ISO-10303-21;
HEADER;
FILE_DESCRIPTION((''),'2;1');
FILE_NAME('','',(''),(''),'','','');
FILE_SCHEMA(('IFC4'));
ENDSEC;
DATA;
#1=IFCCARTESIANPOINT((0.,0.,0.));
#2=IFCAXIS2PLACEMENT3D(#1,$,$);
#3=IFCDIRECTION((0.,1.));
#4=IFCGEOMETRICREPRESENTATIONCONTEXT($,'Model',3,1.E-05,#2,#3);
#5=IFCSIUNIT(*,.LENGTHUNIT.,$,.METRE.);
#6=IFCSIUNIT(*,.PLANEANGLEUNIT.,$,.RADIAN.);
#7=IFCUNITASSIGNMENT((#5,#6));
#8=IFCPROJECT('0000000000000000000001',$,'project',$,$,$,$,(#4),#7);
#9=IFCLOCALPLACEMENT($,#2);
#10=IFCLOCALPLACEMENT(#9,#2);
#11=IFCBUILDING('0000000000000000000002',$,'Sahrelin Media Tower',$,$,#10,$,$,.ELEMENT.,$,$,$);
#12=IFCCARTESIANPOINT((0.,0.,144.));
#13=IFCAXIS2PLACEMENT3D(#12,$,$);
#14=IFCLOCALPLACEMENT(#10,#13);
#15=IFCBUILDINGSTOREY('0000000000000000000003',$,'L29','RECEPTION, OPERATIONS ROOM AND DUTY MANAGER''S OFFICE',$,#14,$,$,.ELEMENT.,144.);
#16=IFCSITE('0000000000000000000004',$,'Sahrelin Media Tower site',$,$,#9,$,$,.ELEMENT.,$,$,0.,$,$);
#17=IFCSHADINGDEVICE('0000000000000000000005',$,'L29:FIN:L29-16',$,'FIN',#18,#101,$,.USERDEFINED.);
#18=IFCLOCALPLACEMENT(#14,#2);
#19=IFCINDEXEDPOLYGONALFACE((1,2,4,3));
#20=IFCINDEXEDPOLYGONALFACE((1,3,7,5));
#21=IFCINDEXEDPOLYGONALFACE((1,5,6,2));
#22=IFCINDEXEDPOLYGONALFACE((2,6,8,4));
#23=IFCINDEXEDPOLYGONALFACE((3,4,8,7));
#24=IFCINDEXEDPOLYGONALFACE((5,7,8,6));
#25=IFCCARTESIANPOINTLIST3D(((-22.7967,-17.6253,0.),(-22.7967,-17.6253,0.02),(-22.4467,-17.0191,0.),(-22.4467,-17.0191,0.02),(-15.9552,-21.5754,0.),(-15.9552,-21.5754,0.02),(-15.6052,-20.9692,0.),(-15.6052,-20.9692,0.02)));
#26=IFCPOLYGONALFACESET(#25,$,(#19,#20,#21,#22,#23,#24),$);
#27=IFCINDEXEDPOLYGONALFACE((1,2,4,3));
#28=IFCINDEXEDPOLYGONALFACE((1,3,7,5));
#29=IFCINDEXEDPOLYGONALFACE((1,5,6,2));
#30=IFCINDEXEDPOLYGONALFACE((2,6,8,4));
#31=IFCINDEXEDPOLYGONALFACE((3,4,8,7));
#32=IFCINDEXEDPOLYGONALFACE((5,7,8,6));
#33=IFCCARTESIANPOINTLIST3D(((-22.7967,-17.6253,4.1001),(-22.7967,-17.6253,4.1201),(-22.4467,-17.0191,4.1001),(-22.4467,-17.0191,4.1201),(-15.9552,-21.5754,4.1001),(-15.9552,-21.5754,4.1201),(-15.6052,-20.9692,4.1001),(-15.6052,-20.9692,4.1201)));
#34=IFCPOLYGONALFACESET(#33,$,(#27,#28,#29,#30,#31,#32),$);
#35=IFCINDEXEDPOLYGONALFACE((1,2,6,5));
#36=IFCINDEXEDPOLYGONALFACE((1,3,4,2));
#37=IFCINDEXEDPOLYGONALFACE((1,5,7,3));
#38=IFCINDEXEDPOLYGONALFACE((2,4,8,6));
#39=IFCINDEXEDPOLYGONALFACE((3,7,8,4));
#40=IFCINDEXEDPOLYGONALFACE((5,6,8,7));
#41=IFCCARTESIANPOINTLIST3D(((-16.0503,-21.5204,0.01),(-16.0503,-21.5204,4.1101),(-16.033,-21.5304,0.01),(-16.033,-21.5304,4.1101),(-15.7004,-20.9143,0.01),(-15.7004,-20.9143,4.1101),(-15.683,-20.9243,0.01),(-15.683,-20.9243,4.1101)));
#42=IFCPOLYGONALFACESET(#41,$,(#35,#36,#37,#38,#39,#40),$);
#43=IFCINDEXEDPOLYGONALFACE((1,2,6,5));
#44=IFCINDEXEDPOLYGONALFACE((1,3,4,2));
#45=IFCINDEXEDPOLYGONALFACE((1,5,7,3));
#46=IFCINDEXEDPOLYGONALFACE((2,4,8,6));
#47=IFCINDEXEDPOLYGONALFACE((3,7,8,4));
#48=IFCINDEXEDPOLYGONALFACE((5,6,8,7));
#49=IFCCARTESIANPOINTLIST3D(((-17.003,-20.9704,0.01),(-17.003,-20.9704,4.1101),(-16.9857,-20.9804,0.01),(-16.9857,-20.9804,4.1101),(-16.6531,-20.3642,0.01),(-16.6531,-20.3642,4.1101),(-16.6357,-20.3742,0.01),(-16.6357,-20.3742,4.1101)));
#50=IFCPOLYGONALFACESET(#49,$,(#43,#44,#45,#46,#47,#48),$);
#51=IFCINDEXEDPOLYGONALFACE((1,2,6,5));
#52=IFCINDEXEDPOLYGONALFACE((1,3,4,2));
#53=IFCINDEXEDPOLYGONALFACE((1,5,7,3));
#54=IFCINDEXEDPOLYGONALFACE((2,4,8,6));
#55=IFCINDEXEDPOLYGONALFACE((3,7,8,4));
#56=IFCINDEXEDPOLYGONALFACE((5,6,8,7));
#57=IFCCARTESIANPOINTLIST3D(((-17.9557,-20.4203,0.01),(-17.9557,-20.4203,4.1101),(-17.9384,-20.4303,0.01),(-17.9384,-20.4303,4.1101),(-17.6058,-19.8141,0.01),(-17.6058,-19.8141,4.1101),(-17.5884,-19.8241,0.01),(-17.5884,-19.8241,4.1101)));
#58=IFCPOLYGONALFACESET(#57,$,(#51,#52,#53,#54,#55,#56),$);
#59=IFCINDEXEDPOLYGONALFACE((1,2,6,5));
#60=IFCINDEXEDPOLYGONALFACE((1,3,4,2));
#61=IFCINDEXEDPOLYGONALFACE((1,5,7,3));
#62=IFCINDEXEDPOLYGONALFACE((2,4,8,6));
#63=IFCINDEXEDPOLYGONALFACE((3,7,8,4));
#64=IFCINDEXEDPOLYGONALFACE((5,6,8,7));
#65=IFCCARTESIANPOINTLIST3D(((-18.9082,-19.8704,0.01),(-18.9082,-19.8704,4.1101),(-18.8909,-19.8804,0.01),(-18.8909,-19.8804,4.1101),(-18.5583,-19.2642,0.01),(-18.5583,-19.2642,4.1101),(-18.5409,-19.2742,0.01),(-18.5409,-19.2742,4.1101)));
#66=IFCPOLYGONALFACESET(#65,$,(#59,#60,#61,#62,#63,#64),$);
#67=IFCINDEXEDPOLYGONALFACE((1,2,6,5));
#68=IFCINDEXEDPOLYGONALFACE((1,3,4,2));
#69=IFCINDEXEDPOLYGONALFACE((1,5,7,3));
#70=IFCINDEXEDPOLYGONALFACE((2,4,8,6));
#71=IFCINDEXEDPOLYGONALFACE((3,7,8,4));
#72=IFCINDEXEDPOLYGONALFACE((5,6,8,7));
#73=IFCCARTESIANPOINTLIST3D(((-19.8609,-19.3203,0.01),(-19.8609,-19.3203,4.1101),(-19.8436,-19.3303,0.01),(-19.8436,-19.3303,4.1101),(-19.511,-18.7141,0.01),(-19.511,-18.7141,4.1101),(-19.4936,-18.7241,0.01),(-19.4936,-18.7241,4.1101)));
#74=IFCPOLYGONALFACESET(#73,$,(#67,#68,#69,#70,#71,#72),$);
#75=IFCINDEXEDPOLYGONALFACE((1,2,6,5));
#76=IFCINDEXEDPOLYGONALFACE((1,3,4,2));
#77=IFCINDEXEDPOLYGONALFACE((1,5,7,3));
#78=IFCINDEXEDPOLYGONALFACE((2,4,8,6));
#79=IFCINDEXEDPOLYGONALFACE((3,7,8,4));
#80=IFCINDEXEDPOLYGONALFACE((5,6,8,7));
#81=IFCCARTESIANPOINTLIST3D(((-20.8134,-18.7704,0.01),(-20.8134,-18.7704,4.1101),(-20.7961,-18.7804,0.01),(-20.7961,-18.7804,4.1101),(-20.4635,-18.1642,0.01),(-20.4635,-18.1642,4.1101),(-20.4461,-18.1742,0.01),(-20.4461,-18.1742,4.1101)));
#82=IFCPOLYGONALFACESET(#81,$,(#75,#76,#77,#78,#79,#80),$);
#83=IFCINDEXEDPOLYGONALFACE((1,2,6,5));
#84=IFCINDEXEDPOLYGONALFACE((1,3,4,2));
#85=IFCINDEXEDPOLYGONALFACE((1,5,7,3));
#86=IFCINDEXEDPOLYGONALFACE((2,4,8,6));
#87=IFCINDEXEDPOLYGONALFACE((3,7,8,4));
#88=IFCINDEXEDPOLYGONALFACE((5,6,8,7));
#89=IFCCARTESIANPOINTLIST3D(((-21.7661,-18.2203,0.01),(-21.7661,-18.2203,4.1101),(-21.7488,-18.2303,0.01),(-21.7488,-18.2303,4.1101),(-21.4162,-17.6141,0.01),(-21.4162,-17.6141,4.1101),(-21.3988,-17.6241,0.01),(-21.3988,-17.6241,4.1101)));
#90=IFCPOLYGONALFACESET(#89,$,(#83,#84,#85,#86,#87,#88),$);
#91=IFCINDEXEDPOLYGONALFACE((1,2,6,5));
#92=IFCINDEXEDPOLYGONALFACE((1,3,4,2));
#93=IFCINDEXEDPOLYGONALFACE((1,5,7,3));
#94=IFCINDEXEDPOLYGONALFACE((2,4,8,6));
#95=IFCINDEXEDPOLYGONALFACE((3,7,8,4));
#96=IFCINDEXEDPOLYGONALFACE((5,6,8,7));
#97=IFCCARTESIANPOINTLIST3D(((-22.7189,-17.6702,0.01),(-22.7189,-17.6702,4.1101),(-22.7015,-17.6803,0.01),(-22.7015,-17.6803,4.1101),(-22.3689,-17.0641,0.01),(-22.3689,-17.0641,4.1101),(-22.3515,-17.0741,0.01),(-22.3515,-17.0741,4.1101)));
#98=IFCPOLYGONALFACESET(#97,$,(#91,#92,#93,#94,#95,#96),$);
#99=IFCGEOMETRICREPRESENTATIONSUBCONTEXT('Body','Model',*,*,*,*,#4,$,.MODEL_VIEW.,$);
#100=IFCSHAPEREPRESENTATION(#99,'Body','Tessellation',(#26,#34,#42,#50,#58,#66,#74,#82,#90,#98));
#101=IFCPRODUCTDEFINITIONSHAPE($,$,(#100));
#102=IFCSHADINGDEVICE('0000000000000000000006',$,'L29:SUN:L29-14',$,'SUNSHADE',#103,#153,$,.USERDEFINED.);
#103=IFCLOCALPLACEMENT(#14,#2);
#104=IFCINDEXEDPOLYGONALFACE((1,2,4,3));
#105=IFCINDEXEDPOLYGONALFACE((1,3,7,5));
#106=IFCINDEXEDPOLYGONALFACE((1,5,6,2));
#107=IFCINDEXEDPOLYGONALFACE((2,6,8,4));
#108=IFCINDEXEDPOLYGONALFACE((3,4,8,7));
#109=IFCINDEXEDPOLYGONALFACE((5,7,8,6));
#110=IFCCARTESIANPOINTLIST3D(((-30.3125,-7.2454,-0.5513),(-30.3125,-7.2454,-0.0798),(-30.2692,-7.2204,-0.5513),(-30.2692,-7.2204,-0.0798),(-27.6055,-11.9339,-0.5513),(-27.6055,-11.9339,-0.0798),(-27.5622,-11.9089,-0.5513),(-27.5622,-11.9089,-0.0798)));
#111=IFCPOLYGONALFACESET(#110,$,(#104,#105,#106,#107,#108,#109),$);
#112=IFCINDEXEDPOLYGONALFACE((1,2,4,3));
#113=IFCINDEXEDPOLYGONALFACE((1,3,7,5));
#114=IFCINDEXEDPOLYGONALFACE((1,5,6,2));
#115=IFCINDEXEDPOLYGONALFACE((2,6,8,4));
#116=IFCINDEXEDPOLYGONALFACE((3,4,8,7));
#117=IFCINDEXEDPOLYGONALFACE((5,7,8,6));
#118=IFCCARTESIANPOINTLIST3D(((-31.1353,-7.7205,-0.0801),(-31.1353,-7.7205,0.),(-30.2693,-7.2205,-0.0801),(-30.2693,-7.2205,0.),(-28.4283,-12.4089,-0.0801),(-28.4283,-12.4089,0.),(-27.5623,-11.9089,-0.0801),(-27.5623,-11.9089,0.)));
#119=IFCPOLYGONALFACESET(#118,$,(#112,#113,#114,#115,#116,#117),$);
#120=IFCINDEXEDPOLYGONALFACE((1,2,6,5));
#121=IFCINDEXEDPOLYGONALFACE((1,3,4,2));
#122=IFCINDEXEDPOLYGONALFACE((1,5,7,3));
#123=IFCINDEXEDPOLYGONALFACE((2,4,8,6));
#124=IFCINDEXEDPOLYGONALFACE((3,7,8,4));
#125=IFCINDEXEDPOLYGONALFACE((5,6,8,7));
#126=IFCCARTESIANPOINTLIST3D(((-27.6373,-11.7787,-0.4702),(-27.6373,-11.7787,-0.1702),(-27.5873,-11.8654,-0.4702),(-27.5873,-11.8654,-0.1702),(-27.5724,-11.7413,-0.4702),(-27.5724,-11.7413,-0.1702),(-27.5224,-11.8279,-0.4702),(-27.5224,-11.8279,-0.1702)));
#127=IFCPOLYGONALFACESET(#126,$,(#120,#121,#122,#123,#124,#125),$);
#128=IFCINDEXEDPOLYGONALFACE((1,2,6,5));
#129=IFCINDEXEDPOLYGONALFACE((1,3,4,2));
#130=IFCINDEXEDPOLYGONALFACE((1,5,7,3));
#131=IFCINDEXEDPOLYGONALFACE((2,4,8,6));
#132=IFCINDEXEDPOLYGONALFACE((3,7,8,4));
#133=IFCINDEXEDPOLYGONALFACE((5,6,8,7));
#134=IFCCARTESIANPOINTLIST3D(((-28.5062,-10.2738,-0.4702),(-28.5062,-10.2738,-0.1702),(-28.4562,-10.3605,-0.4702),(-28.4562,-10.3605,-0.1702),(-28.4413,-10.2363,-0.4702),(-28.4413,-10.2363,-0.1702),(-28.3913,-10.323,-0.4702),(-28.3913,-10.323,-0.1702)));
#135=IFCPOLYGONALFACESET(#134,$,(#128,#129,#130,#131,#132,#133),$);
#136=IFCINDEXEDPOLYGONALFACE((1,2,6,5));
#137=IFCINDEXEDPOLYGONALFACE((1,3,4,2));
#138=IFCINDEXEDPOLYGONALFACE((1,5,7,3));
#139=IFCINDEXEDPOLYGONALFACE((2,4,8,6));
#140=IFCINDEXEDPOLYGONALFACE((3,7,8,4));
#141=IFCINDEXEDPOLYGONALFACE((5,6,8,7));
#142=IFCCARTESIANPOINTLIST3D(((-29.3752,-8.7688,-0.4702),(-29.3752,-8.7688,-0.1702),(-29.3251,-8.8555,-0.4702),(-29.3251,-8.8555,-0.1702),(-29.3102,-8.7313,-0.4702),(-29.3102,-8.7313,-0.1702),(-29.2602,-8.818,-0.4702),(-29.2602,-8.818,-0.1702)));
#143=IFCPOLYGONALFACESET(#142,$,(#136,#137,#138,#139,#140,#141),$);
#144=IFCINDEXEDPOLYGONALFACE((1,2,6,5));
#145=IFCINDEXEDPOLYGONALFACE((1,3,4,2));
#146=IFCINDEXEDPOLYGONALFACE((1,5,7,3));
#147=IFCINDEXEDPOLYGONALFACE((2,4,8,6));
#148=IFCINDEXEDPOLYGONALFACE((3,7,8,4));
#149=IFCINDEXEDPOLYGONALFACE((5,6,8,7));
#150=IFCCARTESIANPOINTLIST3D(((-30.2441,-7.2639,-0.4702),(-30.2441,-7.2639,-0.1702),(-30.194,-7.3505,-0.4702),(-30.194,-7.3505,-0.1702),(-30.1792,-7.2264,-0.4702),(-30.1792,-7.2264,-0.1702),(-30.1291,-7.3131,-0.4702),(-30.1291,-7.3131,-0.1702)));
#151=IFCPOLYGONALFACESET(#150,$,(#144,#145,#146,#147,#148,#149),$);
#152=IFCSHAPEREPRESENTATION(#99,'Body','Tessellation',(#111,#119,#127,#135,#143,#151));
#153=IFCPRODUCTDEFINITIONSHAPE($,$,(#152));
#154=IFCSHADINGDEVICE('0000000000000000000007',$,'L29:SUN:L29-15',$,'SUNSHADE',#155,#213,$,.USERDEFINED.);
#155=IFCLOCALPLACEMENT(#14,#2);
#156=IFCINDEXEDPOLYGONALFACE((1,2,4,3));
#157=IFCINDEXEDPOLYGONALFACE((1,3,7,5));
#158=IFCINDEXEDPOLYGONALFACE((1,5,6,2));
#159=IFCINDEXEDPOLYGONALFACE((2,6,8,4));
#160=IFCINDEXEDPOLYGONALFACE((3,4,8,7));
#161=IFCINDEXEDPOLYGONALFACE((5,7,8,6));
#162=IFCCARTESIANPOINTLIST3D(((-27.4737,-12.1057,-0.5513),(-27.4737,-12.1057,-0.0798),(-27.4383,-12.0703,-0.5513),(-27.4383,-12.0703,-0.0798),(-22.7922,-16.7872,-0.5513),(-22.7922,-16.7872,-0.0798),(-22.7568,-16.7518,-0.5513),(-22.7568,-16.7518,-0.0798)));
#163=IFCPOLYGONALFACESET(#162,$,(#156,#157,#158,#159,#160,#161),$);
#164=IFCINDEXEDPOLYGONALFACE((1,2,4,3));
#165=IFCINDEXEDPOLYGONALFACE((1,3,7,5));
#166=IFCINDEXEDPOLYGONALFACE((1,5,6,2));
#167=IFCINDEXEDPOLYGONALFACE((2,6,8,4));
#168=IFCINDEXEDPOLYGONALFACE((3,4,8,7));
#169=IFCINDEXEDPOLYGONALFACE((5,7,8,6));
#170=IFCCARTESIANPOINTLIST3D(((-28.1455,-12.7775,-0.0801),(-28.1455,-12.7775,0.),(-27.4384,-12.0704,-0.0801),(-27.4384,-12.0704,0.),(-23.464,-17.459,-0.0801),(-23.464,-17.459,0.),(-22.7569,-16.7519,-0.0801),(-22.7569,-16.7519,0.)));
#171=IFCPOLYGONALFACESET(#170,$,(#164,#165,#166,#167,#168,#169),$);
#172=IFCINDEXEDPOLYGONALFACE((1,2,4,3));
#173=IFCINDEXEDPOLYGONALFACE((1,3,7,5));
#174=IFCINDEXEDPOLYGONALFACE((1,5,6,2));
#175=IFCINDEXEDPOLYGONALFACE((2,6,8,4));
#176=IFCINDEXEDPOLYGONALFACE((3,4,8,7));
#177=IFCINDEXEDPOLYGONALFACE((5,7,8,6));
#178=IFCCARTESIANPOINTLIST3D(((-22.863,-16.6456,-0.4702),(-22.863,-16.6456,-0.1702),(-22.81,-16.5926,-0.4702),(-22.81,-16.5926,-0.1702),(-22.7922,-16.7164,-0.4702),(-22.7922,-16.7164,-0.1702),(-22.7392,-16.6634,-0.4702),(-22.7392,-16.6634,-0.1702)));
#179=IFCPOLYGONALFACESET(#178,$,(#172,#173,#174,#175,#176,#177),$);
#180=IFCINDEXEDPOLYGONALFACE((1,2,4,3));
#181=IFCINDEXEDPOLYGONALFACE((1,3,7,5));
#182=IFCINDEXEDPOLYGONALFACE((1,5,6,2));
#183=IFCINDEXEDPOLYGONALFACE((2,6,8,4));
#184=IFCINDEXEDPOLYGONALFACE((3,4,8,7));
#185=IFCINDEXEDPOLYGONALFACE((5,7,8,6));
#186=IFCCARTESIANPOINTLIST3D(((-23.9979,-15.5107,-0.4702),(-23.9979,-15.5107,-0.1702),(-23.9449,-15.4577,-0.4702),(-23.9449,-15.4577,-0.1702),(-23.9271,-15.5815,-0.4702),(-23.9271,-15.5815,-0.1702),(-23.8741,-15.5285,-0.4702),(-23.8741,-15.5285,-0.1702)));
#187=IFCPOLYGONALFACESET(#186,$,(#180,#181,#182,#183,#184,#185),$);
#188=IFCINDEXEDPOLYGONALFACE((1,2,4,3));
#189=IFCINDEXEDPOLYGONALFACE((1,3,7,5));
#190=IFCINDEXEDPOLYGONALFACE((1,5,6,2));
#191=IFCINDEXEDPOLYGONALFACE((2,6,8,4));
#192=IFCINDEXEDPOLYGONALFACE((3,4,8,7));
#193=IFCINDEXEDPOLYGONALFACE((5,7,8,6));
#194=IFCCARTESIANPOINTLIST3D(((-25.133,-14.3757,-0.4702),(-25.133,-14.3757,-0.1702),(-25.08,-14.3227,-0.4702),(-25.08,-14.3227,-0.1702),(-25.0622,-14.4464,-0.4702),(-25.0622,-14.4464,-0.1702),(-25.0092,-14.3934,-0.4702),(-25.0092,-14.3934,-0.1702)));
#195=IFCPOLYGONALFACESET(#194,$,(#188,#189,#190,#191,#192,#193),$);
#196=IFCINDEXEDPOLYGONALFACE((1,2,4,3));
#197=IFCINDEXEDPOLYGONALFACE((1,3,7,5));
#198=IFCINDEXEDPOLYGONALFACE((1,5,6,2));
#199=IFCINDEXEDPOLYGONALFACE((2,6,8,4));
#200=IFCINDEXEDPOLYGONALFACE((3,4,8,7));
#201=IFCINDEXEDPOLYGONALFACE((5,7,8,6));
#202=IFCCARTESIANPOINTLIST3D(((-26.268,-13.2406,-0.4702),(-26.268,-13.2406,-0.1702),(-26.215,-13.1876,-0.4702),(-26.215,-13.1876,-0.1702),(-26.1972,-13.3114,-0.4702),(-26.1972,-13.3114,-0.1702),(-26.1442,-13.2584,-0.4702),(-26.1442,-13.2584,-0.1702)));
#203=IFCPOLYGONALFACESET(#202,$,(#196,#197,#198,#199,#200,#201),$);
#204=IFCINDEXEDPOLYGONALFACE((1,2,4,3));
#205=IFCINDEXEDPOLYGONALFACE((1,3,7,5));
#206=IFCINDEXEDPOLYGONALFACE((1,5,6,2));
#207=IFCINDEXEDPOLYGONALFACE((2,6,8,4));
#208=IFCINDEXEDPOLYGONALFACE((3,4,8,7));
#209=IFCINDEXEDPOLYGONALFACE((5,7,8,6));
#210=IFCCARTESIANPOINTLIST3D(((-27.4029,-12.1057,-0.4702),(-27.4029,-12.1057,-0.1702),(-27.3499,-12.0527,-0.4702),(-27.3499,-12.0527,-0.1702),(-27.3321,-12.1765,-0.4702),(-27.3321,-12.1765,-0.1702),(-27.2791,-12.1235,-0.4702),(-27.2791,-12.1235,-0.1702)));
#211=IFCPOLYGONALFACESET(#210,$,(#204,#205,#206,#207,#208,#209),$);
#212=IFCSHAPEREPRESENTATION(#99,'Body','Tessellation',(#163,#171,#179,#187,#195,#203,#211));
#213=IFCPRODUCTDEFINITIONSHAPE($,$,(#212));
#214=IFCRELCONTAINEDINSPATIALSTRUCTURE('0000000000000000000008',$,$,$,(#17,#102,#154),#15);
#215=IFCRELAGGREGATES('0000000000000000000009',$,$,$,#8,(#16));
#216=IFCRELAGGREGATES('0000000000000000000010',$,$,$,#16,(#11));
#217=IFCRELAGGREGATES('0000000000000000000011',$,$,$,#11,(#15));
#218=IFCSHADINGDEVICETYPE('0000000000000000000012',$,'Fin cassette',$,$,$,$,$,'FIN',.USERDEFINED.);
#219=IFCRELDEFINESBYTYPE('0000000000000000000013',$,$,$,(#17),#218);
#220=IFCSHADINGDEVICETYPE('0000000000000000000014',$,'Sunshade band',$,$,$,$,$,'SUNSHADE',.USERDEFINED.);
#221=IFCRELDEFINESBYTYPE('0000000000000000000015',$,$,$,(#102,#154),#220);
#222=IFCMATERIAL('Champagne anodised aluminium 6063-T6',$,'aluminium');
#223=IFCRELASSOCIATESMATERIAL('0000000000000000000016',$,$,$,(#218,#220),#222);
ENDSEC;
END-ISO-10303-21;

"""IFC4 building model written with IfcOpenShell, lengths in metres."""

from ifc_helpers import new_model, si_unit, direction, frame, origin, origin_2d, place, context, subcontext, project, spatial, rectangle, extrude, material, type_object, element, save


model = new_model("IFC4")

# Units and contexts
model_context = context("Model", 3, precision=1e-05, world=origin(), true_north=direction((0.0, 1.0)))
body_context = subcontext(model_context, "Body", "Model", "MODEL_VIEW")
ifc_project = project(units=[si_unit("LENGTHUNIT", "METRE"), si_unit("PLANEANGLEUNIT", "RADIAN")], contexts=[model_context])

# Site, building, storey
site_placement = place(None, origin())
site = spatial("IfcSite", under=ifc_project, at=site_placement, Name="Sahrelin Media Tower site", CompositionType="ELEMENT", RefElevation=0.0)
building_placement = place(site_placement, origin())
building = spatial("IfcBuilding", under=site, at=building_placement, Name="Sahrelin Media Tower", CompositionType="ELEMENT")
storey_placement = place(building_placement, frame((0.0, 0.0, 144.0)))
storey = spatial("IfcBuildingStorey", under=building, at=storey_placement, Name="L29", Description="RECEPTION, OPERATIONS ROOM AND DUTY MANAGER'S OFFICE", CompositionType="ELEMENT", Elevation=144.0)

# Shared definitions
ifc_material_1 = material(Name="Champagne anodised aluminium 6063-T6", Category="aluminium")

# Shading devices
shading_device_type_1 = type_object("IfcShadingDeviceType", Name="Fin cassette", ElementType="FIN", PredefinedType="USERDEFINED", material=ifc_material_1)
placement_1 = place(storey_placement, frame((-25.0835, -14.397, 0.0), z_axis=(0.0, 0.0, 1.0), x_axis=(-0.707107, 0.707107, 0.0)))
placement_2 = place(storey_placement, frame((-18.991, -18.9336, 0.0), z_axis=(0.0, 0.0, 1.0), x_axis=(-0.866019, 0.500011, 0.0)))
element("IfcShadingDevice", 1, at=placement_2, inside=storey, type_object=shading_device_type_1, Name="L29:FIN:L29-16", ObjectType="FIN", PredefinedType="USERDEFINED", context=body_context, shape_type="SweptSolid", body=[
    extrude(rectangle(XDim=7.8999, YDim=0.7, at=origin_2d()), frame((0.0, 0.4199, 0.0)), (0.0, 0.0, 1.0), 0.02),
    extrude(rectangle(XDim=7.8999, YDim=0.7, at=origin_2d()), frame((0.0, 0.4199, 4.1001)), (0.0, 0.0, 1.0), 0.02),
    extrude(rectangle(XDim=0.02, YDim=0.7, at=origin_2d()), frame((-3.8501, 0.4199, 0.01), z_axis=(0.0, 0.0, 1.0), x_axis=(1.0, 0.0, 0.0)), (0.0, 0.0, 1.0), 4.1001),
    extrude(rectangle(XDim=0.02, YDim=0.7, at=origin_2d()), frame((-2.75, 0.4199, 0.01), z_axis=(0.0, 0.0, 1.0), x_axis=(1.0, 0.0, 0.0)), (0.0, 0.0, 1.0), 4.1001),
    extrude(rectangle(XDim=0.02, YDim=0.7, at=origin_2d()), frame((-1.6499, 0.4199, 0.01), z_axis=(0.0, 0.0, 1.0), x_axis=(1.0, 0.0, 0.0)), (0.0, 0.0, 1.0), 4.1001),
    extrude(rectangle(XDim=0.02, YDim=0.7, at=origin_2d()), frame((-0.55, 0.4199, 0.01), z_axis=(0.0, 0.0, 1.0), x_axis=(1.0, 0.0, 0.0)), (0.0, 0.0, 1.0), 4.1001),
    extrude(rectangle(XDim=0.02, YDim=0.7, at=origin_2d()), frame((0.55, 0.4199, 0.01), z_axis=(0.0, 0.0, 1.0), x_axis=(1.0, 0.0, 0.0)), (0.0, 0.0, 1.0), 4.1001),
    extrude(rectangle(XDim=0.02, YDim=0.7, at=origin_2d()), frame((1.6499, 0.4199, 0.01), z_axis=(0.0, 0.0, 1.0), x_axis=(1.0, 0.0, 0.0)), (0.0, 0.0, 1.0), 4.1001),
    extrude(rectangle(XDim=0.02, YDim=0.7, at=origin_2d()), frame((2.75, 0.4199, 0.01), z_axis=(0.0, 0.0, 1.0), x_axis=(1.0, 0.0, 0.0)), (0.0, 0.0, 1.0), 4.1001),
    extrude(rectangle(XDim=0.02, YDim=0.7, at=origin_2d()), frame((3.8501, 0.4199, 0.01), z_axis=(0.0, 0.0, 1.0), x_axis=(1.0, 0.0, 0.0)), (0.0, 0.0, 1.0), 4.1001),
])
shading_device_type_2 = type_object("IfcShadingDeviceType", Name="Sunshade band", ElementType="SUNSHADE", PredefinedType="USERDEFINED", material=ifc_material_1)
shading_device_1_placement = place(storey_placement, frame((-28.8984, -9.5547, 0.0), z_axis=(0.0, 0.0, 1.0), x_axis=(-0.500011, 0.866019, 0.0)))
element("IfcShadingDevice", 2, at=shading_device_1_placement, inside=storey, type_object=shading_device_type_2, Name="L29:SUN:L29-14", ObjectType="SUNSHADE", PredefinedType="USERDEFINED", context=body_context, shape_type="SweptSolid", body=[
    extrude(rectangle(XDim=5.4138, YDim=0.05, at=origin_2d()), frame((0.0, 0.0449, -0.5513)), (0.0, 0.0, 1.0), 0.4714),
    extrude(rectangle(XDim=5.4138, YDim=1.0, at=origin_2d()), frame((0.0, 0.52, -0.0801)), (0.0, 0.0, 1.0), 0.0801),
    extrude(rectangle(XDim=0.1001, YDim=0.075, at=origin_2d()), frame((-2.6067, -0.0176, -0.4702)), (0.0, 0.0, 1.0), 0.3),
    extrude(rectangle(XDim=0.1001, YDim=0.075, at=origin_2d()), frame((-0.8689, -0.0176, -0.4702)), (0.0, 0.0, 1.0), 0.3),
    extrude(rectangle(XDim=0.1001, YDim=0.075, at=origin_2d()), frame((0.8689, -0.0176, -0.4702)), (0.0, 0.0, 1.0), 0.3),
    extrude(rectangle(XDim=0.1001, YDim=0.075, at=origin_2d()), frame((2.6067, -0.0176, -0.4702)), (0.0, 0.0, 1.0), 0.3),
])
element("IfcShadingDevice", 3, at=placement_1, inside=storey, type_object=shading_device_type_2, Name="L29:SUN:L29-15", ObjectType="SUNSHADE", PredefinedType="USERDEFINED", context=body_context, shape_type="SweptSolid", body=[
    extrude(rectangle(XDim=6.6206, YDim=0.05, at=origin_2d()), frame((0.0, 0.0449, -0.5513)), (0.0, 0.0, 1.0), 0.4714),
    extrude(rectangle(XDim=6.6206, YDim=1.0, at=origin_2d()), frame((0.0, 0.52, -0.0801)), (0.0, 0.0, 1.0), 0.0801),
    extrude(rectangle(XDim=0.1001, YDim=0.075, at=origin_2d()), frame((-3.2102, -0.0176, -0.4702)), (0.0, 0.0, 1.0), 0.3),
    extrude(rectangle(XDim=0.1001, YDim=0.075, at=origin_2d()), frame((-1.6052, -0.0176, -0.4702)), (0.0, 0.0, 1.0), 0.3),
    extrude(rectangle(XDim=0.1001, YDim=0.075, at=origin_2d()), frame((0.0, -0.0176, -0.4702)), (0.0, 0.0, 1.0), 0.3),
    extrude(rectangle(XDim=0.1001, YDim=0.075, at=origin_2d()), frame((1.6052, -0.0176, -0.4702)), (0.0, 0.0, 1.0), 0.3),
    extrude(rectangle(XDim=0.1001, YDim=0.075, at=origin_2d()), frame((3.2102, -0.0176, -0.4702)), (0.0, 0.0, 1.0), 0.3),
])

save(model, "model.ifc")
